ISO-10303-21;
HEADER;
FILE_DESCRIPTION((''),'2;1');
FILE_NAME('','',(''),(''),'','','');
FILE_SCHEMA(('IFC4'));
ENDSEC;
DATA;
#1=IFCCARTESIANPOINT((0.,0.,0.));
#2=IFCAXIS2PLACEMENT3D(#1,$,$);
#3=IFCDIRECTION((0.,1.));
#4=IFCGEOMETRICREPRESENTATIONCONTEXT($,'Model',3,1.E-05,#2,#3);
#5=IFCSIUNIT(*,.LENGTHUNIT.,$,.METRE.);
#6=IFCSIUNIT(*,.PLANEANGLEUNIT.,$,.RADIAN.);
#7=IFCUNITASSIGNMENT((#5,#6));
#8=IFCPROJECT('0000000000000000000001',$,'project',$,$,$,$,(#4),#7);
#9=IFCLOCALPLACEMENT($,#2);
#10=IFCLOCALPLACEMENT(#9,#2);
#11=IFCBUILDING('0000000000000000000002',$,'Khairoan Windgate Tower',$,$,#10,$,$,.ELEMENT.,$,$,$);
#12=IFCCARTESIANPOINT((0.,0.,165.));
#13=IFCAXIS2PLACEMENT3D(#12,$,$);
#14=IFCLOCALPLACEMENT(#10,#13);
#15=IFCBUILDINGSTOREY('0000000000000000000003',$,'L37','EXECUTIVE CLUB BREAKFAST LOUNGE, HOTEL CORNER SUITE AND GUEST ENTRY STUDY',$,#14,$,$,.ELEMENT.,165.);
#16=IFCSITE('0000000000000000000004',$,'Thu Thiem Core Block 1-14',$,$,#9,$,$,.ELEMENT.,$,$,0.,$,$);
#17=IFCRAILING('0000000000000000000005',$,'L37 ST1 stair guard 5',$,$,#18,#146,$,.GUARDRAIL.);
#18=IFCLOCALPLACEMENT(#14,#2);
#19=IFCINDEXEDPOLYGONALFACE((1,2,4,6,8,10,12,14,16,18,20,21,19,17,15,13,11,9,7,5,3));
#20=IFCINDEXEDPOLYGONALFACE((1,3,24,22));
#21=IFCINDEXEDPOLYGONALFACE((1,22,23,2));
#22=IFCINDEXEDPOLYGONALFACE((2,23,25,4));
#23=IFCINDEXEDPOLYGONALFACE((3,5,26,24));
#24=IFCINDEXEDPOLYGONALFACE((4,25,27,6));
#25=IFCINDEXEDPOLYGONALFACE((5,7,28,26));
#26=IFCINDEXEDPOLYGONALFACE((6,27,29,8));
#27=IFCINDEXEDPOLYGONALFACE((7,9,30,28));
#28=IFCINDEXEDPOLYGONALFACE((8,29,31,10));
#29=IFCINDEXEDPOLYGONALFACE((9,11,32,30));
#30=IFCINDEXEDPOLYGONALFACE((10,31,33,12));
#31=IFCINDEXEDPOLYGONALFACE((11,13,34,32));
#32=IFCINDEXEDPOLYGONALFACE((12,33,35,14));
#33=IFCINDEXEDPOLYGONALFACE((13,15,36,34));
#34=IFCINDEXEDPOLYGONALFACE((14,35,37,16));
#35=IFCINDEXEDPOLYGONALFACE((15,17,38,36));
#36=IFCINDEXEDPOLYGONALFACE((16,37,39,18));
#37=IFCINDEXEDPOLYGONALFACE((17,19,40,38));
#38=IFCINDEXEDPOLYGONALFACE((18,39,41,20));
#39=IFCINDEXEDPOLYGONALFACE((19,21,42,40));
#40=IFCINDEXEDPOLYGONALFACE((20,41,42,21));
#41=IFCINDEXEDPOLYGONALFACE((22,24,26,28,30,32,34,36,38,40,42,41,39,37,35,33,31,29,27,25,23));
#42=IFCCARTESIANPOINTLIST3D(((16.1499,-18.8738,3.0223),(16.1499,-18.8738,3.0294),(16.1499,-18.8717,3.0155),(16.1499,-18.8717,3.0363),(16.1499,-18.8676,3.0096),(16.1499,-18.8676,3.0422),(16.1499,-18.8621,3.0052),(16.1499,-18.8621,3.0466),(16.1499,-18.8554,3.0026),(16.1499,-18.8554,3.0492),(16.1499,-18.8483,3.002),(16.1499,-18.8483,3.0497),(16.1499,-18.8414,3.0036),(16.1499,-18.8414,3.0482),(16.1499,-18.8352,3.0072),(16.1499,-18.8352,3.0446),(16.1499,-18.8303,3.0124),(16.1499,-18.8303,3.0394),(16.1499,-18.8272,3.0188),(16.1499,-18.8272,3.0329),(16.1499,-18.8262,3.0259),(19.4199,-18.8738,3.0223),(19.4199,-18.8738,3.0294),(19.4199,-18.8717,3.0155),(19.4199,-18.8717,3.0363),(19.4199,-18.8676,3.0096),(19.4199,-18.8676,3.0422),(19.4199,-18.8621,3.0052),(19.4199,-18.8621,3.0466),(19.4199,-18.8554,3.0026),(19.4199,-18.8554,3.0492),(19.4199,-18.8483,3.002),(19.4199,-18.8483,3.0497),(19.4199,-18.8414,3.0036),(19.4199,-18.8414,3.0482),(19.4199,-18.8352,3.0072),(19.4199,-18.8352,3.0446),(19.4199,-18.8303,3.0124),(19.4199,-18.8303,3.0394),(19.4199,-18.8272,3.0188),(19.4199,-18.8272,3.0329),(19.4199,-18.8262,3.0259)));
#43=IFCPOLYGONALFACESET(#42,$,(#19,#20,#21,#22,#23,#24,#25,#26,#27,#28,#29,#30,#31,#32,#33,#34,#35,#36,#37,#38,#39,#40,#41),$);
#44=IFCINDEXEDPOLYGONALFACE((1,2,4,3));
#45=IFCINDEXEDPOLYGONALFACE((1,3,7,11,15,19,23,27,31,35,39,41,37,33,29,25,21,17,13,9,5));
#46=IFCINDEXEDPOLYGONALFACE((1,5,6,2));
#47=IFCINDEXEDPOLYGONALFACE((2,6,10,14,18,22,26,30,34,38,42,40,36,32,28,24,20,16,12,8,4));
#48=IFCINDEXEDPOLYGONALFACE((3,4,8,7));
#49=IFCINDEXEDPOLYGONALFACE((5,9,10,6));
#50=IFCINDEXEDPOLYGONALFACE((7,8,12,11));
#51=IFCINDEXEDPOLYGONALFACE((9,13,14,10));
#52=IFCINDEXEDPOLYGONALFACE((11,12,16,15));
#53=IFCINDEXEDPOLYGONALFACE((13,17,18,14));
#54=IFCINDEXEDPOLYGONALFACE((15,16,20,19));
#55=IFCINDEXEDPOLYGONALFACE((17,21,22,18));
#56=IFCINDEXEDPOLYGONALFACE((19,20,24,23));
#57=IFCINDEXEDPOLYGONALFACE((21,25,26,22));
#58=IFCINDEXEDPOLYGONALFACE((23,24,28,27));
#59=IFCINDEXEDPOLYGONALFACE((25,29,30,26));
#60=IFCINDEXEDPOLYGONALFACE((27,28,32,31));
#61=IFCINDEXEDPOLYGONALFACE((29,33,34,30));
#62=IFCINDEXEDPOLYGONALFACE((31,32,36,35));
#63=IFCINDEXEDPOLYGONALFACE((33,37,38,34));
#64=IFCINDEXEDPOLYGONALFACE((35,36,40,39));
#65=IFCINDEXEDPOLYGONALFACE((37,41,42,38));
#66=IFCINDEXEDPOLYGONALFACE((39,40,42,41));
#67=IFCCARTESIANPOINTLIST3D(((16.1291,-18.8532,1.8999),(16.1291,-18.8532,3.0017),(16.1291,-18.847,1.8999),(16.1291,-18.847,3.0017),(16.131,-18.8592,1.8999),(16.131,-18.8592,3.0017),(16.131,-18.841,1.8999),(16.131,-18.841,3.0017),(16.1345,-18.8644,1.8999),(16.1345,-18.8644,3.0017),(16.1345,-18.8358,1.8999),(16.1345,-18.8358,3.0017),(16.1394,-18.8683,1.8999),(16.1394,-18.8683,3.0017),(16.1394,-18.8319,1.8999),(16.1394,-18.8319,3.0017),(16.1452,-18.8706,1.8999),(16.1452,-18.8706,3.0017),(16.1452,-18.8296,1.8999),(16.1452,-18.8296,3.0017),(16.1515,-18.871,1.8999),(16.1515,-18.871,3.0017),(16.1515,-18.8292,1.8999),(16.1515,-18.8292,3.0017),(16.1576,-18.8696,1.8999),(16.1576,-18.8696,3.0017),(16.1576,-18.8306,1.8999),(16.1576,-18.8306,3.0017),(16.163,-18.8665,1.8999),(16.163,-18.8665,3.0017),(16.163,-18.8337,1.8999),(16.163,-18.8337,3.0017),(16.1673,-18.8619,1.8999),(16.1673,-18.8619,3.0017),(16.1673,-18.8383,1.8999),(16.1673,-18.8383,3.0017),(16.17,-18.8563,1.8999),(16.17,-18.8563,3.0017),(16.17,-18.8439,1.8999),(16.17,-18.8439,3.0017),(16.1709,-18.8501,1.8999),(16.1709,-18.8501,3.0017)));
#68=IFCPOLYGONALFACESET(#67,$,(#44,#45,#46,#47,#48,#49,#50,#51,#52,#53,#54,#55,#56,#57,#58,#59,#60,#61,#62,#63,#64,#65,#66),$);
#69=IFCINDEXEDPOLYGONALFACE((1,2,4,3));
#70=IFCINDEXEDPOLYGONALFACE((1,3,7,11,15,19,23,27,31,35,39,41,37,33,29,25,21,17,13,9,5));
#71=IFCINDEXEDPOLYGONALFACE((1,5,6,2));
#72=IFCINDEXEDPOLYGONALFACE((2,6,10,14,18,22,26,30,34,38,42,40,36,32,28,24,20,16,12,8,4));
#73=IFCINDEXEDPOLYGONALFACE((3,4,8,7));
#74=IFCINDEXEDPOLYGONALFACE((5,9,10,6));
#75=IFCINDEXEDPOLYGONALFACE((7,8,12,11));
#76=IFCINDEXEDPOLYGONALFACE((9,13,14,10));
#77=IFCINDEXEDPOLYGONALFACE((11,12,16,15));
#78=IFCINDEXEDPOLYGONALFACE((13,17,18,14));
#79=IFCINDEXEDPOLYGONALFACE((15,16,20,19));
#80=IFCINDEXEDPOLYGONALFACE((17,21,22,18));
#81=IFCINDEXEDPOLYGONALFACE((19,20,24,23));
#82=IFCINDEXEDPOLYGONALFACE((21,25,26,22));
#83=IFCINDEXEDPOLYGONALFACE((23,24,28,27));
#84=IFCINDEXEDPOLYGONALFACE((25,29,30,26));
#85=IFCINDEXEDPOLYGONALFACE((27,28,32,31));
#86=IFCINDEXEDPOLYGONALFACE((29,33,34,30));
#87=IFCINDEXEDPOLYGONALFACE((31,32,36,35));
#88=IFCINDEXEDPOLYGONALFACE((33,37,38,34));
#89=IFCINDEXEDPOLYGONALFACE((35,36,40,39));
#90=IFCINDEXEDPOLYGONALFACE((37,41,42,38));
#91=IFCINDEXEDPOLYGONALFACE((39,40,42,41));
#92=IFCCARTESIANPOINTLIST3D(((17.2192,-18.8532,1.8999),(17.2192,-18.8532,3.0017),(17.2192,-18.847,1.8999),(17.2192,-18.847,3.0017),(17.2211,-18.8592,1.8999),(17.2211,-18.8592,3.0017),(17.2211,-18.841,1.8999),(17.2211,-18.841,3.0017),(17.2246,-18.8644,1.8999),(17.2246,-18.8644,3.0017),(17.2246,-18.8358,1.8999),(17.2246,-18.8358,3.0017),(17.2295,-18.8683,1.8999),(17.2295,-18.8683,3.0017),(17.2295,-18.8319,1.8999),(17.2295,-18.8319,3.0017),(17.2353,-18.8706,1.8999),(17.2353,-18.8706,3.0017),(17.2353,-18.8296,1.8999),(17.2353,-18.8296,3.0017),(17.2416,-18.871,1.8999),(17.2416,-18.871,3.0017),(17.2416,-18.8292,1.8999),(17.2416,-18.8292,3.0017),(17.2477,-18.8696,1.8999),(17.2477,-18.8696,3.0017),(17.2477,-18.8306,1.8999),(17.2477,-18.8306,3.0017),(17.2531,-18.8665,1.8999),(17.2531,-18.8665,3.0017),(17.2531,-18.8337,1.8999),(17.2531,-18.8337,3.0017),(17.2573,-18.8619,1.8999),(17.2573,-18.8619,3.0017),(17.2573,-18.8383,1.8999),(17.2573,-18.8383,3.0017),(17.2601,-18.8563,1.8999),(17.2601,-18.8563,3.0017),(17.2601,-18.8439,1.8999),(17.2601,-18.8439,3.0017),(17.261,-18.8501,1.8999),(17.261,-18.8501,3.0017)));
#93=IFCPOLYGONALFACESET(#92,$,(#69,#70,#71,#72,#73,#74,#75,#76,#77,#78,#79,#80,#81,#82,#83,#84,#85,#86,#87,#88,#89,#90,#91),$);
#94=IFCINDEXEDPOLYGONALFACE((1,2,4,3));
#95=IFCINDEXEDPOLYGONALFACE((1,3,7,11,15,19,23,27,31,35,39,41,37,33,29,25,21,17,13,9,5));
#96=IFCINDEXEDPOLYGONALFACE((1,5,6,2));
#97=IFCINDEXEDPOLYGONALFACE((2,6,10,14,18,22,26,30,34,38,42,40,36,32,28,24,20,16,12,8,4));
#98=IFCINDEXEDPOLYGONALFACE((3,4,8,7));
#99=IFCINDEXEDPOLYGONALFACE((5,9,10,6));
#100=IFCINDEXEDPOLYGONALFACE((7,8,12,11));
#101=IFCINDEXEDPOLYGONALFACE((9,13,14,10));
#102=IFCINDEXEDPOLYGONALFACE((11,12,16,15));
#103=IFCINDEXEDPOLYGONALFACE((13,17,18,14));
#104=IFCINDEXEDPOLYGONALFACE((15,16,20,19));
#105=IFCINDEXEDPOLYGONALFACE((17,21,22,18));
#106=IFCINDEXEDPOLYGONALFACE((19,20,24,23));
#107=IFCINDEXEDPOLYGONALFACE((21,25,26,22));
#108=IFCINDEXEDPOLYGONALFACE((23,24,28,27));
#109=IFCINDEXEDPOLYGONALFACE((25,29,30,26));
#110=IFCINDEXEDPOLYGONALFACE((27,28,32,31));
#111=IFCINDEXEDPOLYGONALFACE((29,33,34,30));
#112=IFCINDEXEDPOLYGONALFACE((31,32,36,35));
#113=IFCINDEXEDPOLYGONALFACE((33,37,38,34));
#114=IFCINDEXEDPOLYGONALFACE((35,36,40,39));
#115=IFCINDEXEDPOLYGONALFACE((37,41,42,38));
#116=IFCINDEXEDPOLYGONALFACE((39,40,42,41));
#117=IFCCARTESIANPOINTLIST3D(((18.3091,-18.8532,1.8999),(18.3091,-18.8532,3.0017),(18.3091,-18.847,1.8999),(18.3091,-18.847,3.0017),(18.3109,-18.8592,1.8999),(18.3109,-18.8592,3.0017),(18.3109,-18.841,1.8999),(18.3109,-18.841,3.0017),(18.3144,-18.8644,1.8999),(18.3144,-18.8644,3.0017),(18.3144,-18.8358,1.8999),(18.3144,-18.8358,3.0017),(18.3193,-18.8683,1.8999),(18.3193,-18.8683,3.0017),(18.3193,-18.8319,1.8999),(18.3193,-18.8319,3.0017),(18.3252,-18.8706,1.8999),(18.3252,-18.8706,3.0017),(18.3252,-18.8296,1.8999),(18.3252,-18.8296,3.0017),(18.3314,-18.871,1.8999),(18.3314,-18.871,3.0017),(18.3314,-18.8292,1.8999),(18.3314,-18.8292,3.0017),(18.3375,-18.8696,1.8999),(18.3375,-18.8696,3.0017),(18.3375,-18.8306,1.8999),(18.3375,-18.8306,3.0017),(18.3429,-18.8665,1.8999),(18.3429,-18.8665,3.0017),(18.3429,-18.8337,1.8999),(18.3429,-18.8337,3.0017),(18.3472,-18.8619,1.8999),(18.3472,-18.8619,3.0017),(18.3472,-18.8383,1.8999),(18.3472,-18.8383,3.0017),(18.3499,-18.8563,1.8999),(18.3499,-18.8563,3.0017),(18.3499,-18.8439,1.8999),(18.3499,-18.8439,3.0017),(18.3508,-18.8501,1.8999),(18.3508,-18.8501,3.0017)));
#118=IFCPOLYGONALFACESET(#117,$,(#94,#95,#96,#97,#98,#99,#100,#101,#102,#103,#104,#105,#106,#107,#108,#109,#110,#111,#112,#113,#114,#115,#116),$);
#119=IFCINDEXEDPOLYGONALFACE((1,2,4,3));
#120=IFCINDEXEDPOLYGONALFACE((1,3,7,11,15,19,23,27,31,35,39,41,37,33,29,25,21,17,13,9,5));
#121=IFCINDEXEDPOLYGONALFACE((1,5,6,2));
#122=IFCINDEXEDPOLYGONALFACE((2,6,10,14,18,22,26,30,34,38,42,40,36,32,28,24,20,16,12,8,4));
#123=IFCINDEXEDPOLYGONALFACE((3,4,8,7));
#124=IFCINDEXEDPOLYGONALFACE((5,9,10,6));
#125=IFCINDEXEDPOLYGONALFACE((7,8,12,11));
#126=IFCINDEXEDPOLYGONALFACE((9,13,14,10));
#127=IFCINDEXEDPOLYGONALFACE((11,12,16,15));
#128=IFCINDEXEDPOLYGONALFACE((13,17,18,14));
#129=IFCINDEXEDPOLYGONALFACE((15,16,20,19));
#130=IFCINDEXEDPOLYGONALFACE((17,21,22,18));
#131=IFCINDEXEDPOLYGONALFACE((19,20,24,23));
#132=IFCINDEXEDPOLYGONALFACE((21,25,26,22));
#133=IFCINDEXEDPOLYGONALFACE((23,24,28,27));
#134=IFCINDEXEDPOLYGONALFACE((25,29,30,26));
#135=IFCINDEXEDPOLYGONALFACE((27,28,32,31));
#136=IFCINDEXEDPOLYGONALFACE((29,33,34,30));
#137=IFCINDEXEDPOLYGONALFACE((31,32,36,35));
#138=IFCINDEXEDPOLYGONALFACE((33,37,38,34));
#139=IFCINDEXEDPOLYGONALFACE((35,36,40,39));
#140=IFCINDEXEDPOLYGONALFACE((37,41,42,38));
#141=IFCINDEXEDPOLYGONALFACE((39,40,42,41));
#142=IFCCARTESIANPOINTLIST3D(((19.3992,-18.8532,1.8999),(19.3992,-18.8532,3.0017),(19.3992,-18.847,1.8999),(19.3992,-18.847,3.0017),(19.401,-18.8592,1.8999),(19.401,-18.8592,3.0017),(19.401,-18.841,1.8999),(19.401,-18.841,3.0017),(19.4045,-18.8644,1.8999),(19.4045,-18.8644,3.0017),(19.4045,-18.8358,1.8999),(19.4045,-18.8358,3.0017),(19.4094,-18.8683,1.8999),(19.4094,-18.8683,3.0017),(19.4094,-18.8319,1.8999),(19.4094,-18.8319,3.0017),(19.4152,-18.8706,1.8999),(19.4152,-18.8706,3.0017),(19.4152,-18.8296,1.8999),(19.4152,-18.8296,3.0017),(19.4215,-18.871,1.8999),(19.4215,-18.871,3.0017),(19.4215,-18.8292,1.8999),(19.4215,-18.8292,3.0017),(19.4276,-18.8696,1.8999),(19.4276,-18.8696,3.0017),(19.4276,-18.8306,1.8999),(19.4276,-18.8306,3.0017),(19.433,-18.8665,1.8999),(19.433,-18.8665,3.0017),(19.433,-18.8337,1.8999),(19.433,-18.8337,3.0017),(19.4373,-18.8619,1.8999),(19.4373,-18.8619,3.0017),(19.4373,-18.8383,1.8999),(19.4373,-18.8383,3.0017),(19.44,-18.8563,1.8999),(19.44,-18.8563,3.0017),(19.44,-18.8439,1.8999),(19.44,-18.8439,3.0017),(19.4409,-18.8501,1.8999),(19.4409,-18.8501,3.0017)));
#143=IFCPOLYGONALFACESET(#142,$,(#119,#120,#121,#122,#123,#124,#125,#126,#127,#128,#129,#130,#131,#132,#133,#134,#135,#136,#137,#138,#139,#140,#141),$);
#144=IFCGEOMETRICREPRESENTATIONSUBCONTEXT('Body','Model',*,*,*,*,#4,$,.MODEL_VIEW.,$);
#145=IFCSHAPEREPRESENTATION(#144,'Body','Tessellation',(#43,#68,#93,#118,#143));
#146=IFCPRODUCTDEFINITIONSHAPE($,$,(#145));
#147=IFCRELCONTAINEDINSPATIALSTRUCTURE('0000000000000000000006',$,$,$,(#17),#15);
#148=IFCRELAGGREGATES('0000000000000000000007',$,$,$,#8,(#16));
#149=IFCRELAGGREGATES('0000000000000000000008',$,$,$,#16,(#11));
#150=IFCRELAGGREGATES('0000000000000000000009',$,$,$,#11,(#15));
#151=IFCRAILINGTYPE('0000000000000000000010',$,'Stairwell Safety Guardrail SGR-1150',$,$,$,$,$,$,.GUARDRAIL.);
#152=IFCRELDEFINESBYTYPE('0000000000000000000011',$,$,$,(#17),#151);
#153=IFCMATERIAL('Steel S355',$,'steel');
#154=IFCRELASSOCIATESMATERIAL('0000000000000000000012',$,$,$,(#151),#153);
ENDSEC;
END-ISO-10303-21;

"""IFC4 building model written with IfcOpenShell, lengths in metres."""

from ifc_helpers import new_model, si_unit, direction, frame, origin, origin_2d, place, context, subcontext, project, spatial, circle, extrude, material, type_object, element, save


model = new_model("IFC4")

# Units and contexts
model_context = context("Model", 3, precision=1e-05, world=origin(), true_north=direction((0.0, 1.0)))
body_context = subcontext(model_context, "Body", "Model", "MODEL_VIEW")
ifc_project = project(units=[si_unit("LENGTHUNIT", "METRE"), si_unit("PLANEANGLEUNIT", "RADIAN")], contexts=[model_context])

# Site, building, storey
site_placement = place(None, origin())
site = spatial("IfcSite", under=ifc_project, at=site_placement, Name="Thu Thiem Core Block 1-14", CompositionType="ELEMENT", RefElevation=0.0)
building_placement = place(site_placement, origin())
building = spatial("IfcBuilding", under=site, at=building_placement, Name="Khairoan Windgate Tower", CompositionType="ELEMENT")
storey_placement = place(building_placement, frame((0.0, 0.0, 165.0)))
storey = spatial("IfcBuildingStorey", under=building, at=storey_placement, Name="L37", Description="EXECUTIVE CLUB BREAKFAST LOUNGE, HOTEL CORNER SUITE AND GUEST ENTRY STUDY", CompositionType="ELEMENT", Elevation=165.0)

# Railing
ifc_material_1 = material(Name="Steel S355", Category="steel")
railing_type = type_object("IfcRailingType", Name="Stairwell Safety Guardrail SGR-1150", PredefinedType="GUARDRAIL", material=ifc_material_1)
railing_1_placement = place(storey_placement, frame((16.1499, -18.8501, 1.8999)))
element("IfcRailing", 1, at=railing_1_placement, inside=storey, type_object=railing_type, Name="L37 ST1 stair guard 5", PredefinedType="GUARDRAIL", context=body_context, shape_type="SweptSolid", body=[
    extrude(circle(Radius=0.0239, at=origin_2d()), frame((0.0, 0.0, 1.126), z_axis=(1.0, 0.0, 0.0), x_axis=(0.0, 1.0, 0.0)), (0.0, 0.0, 1.0), 3.27),
    extrude(circle(Radius=0.021, at=origin_2d()), origin(), (0.0, 0.0, 1.0), 1.1018),
    extrude(circle(Radius=0.021, at=origin_2d()), frame((1.0901, 0.0, 0.0)), (0.0, 0.0, 1.0), 1.1018),
    extrude(circle(Radius=0.021, at=origin_2d()), frame((2.1799, 0.0, 0.0)), (0.0, 0.0, 1.0), 1.1018),
    extrude(circle(Radius=0.021, at=origin_2d()), frame((3.27, 0.0, 0.0)), (0.0, 0.0, 1.0), 1.1018),
])

save(model, "model.ifc")
